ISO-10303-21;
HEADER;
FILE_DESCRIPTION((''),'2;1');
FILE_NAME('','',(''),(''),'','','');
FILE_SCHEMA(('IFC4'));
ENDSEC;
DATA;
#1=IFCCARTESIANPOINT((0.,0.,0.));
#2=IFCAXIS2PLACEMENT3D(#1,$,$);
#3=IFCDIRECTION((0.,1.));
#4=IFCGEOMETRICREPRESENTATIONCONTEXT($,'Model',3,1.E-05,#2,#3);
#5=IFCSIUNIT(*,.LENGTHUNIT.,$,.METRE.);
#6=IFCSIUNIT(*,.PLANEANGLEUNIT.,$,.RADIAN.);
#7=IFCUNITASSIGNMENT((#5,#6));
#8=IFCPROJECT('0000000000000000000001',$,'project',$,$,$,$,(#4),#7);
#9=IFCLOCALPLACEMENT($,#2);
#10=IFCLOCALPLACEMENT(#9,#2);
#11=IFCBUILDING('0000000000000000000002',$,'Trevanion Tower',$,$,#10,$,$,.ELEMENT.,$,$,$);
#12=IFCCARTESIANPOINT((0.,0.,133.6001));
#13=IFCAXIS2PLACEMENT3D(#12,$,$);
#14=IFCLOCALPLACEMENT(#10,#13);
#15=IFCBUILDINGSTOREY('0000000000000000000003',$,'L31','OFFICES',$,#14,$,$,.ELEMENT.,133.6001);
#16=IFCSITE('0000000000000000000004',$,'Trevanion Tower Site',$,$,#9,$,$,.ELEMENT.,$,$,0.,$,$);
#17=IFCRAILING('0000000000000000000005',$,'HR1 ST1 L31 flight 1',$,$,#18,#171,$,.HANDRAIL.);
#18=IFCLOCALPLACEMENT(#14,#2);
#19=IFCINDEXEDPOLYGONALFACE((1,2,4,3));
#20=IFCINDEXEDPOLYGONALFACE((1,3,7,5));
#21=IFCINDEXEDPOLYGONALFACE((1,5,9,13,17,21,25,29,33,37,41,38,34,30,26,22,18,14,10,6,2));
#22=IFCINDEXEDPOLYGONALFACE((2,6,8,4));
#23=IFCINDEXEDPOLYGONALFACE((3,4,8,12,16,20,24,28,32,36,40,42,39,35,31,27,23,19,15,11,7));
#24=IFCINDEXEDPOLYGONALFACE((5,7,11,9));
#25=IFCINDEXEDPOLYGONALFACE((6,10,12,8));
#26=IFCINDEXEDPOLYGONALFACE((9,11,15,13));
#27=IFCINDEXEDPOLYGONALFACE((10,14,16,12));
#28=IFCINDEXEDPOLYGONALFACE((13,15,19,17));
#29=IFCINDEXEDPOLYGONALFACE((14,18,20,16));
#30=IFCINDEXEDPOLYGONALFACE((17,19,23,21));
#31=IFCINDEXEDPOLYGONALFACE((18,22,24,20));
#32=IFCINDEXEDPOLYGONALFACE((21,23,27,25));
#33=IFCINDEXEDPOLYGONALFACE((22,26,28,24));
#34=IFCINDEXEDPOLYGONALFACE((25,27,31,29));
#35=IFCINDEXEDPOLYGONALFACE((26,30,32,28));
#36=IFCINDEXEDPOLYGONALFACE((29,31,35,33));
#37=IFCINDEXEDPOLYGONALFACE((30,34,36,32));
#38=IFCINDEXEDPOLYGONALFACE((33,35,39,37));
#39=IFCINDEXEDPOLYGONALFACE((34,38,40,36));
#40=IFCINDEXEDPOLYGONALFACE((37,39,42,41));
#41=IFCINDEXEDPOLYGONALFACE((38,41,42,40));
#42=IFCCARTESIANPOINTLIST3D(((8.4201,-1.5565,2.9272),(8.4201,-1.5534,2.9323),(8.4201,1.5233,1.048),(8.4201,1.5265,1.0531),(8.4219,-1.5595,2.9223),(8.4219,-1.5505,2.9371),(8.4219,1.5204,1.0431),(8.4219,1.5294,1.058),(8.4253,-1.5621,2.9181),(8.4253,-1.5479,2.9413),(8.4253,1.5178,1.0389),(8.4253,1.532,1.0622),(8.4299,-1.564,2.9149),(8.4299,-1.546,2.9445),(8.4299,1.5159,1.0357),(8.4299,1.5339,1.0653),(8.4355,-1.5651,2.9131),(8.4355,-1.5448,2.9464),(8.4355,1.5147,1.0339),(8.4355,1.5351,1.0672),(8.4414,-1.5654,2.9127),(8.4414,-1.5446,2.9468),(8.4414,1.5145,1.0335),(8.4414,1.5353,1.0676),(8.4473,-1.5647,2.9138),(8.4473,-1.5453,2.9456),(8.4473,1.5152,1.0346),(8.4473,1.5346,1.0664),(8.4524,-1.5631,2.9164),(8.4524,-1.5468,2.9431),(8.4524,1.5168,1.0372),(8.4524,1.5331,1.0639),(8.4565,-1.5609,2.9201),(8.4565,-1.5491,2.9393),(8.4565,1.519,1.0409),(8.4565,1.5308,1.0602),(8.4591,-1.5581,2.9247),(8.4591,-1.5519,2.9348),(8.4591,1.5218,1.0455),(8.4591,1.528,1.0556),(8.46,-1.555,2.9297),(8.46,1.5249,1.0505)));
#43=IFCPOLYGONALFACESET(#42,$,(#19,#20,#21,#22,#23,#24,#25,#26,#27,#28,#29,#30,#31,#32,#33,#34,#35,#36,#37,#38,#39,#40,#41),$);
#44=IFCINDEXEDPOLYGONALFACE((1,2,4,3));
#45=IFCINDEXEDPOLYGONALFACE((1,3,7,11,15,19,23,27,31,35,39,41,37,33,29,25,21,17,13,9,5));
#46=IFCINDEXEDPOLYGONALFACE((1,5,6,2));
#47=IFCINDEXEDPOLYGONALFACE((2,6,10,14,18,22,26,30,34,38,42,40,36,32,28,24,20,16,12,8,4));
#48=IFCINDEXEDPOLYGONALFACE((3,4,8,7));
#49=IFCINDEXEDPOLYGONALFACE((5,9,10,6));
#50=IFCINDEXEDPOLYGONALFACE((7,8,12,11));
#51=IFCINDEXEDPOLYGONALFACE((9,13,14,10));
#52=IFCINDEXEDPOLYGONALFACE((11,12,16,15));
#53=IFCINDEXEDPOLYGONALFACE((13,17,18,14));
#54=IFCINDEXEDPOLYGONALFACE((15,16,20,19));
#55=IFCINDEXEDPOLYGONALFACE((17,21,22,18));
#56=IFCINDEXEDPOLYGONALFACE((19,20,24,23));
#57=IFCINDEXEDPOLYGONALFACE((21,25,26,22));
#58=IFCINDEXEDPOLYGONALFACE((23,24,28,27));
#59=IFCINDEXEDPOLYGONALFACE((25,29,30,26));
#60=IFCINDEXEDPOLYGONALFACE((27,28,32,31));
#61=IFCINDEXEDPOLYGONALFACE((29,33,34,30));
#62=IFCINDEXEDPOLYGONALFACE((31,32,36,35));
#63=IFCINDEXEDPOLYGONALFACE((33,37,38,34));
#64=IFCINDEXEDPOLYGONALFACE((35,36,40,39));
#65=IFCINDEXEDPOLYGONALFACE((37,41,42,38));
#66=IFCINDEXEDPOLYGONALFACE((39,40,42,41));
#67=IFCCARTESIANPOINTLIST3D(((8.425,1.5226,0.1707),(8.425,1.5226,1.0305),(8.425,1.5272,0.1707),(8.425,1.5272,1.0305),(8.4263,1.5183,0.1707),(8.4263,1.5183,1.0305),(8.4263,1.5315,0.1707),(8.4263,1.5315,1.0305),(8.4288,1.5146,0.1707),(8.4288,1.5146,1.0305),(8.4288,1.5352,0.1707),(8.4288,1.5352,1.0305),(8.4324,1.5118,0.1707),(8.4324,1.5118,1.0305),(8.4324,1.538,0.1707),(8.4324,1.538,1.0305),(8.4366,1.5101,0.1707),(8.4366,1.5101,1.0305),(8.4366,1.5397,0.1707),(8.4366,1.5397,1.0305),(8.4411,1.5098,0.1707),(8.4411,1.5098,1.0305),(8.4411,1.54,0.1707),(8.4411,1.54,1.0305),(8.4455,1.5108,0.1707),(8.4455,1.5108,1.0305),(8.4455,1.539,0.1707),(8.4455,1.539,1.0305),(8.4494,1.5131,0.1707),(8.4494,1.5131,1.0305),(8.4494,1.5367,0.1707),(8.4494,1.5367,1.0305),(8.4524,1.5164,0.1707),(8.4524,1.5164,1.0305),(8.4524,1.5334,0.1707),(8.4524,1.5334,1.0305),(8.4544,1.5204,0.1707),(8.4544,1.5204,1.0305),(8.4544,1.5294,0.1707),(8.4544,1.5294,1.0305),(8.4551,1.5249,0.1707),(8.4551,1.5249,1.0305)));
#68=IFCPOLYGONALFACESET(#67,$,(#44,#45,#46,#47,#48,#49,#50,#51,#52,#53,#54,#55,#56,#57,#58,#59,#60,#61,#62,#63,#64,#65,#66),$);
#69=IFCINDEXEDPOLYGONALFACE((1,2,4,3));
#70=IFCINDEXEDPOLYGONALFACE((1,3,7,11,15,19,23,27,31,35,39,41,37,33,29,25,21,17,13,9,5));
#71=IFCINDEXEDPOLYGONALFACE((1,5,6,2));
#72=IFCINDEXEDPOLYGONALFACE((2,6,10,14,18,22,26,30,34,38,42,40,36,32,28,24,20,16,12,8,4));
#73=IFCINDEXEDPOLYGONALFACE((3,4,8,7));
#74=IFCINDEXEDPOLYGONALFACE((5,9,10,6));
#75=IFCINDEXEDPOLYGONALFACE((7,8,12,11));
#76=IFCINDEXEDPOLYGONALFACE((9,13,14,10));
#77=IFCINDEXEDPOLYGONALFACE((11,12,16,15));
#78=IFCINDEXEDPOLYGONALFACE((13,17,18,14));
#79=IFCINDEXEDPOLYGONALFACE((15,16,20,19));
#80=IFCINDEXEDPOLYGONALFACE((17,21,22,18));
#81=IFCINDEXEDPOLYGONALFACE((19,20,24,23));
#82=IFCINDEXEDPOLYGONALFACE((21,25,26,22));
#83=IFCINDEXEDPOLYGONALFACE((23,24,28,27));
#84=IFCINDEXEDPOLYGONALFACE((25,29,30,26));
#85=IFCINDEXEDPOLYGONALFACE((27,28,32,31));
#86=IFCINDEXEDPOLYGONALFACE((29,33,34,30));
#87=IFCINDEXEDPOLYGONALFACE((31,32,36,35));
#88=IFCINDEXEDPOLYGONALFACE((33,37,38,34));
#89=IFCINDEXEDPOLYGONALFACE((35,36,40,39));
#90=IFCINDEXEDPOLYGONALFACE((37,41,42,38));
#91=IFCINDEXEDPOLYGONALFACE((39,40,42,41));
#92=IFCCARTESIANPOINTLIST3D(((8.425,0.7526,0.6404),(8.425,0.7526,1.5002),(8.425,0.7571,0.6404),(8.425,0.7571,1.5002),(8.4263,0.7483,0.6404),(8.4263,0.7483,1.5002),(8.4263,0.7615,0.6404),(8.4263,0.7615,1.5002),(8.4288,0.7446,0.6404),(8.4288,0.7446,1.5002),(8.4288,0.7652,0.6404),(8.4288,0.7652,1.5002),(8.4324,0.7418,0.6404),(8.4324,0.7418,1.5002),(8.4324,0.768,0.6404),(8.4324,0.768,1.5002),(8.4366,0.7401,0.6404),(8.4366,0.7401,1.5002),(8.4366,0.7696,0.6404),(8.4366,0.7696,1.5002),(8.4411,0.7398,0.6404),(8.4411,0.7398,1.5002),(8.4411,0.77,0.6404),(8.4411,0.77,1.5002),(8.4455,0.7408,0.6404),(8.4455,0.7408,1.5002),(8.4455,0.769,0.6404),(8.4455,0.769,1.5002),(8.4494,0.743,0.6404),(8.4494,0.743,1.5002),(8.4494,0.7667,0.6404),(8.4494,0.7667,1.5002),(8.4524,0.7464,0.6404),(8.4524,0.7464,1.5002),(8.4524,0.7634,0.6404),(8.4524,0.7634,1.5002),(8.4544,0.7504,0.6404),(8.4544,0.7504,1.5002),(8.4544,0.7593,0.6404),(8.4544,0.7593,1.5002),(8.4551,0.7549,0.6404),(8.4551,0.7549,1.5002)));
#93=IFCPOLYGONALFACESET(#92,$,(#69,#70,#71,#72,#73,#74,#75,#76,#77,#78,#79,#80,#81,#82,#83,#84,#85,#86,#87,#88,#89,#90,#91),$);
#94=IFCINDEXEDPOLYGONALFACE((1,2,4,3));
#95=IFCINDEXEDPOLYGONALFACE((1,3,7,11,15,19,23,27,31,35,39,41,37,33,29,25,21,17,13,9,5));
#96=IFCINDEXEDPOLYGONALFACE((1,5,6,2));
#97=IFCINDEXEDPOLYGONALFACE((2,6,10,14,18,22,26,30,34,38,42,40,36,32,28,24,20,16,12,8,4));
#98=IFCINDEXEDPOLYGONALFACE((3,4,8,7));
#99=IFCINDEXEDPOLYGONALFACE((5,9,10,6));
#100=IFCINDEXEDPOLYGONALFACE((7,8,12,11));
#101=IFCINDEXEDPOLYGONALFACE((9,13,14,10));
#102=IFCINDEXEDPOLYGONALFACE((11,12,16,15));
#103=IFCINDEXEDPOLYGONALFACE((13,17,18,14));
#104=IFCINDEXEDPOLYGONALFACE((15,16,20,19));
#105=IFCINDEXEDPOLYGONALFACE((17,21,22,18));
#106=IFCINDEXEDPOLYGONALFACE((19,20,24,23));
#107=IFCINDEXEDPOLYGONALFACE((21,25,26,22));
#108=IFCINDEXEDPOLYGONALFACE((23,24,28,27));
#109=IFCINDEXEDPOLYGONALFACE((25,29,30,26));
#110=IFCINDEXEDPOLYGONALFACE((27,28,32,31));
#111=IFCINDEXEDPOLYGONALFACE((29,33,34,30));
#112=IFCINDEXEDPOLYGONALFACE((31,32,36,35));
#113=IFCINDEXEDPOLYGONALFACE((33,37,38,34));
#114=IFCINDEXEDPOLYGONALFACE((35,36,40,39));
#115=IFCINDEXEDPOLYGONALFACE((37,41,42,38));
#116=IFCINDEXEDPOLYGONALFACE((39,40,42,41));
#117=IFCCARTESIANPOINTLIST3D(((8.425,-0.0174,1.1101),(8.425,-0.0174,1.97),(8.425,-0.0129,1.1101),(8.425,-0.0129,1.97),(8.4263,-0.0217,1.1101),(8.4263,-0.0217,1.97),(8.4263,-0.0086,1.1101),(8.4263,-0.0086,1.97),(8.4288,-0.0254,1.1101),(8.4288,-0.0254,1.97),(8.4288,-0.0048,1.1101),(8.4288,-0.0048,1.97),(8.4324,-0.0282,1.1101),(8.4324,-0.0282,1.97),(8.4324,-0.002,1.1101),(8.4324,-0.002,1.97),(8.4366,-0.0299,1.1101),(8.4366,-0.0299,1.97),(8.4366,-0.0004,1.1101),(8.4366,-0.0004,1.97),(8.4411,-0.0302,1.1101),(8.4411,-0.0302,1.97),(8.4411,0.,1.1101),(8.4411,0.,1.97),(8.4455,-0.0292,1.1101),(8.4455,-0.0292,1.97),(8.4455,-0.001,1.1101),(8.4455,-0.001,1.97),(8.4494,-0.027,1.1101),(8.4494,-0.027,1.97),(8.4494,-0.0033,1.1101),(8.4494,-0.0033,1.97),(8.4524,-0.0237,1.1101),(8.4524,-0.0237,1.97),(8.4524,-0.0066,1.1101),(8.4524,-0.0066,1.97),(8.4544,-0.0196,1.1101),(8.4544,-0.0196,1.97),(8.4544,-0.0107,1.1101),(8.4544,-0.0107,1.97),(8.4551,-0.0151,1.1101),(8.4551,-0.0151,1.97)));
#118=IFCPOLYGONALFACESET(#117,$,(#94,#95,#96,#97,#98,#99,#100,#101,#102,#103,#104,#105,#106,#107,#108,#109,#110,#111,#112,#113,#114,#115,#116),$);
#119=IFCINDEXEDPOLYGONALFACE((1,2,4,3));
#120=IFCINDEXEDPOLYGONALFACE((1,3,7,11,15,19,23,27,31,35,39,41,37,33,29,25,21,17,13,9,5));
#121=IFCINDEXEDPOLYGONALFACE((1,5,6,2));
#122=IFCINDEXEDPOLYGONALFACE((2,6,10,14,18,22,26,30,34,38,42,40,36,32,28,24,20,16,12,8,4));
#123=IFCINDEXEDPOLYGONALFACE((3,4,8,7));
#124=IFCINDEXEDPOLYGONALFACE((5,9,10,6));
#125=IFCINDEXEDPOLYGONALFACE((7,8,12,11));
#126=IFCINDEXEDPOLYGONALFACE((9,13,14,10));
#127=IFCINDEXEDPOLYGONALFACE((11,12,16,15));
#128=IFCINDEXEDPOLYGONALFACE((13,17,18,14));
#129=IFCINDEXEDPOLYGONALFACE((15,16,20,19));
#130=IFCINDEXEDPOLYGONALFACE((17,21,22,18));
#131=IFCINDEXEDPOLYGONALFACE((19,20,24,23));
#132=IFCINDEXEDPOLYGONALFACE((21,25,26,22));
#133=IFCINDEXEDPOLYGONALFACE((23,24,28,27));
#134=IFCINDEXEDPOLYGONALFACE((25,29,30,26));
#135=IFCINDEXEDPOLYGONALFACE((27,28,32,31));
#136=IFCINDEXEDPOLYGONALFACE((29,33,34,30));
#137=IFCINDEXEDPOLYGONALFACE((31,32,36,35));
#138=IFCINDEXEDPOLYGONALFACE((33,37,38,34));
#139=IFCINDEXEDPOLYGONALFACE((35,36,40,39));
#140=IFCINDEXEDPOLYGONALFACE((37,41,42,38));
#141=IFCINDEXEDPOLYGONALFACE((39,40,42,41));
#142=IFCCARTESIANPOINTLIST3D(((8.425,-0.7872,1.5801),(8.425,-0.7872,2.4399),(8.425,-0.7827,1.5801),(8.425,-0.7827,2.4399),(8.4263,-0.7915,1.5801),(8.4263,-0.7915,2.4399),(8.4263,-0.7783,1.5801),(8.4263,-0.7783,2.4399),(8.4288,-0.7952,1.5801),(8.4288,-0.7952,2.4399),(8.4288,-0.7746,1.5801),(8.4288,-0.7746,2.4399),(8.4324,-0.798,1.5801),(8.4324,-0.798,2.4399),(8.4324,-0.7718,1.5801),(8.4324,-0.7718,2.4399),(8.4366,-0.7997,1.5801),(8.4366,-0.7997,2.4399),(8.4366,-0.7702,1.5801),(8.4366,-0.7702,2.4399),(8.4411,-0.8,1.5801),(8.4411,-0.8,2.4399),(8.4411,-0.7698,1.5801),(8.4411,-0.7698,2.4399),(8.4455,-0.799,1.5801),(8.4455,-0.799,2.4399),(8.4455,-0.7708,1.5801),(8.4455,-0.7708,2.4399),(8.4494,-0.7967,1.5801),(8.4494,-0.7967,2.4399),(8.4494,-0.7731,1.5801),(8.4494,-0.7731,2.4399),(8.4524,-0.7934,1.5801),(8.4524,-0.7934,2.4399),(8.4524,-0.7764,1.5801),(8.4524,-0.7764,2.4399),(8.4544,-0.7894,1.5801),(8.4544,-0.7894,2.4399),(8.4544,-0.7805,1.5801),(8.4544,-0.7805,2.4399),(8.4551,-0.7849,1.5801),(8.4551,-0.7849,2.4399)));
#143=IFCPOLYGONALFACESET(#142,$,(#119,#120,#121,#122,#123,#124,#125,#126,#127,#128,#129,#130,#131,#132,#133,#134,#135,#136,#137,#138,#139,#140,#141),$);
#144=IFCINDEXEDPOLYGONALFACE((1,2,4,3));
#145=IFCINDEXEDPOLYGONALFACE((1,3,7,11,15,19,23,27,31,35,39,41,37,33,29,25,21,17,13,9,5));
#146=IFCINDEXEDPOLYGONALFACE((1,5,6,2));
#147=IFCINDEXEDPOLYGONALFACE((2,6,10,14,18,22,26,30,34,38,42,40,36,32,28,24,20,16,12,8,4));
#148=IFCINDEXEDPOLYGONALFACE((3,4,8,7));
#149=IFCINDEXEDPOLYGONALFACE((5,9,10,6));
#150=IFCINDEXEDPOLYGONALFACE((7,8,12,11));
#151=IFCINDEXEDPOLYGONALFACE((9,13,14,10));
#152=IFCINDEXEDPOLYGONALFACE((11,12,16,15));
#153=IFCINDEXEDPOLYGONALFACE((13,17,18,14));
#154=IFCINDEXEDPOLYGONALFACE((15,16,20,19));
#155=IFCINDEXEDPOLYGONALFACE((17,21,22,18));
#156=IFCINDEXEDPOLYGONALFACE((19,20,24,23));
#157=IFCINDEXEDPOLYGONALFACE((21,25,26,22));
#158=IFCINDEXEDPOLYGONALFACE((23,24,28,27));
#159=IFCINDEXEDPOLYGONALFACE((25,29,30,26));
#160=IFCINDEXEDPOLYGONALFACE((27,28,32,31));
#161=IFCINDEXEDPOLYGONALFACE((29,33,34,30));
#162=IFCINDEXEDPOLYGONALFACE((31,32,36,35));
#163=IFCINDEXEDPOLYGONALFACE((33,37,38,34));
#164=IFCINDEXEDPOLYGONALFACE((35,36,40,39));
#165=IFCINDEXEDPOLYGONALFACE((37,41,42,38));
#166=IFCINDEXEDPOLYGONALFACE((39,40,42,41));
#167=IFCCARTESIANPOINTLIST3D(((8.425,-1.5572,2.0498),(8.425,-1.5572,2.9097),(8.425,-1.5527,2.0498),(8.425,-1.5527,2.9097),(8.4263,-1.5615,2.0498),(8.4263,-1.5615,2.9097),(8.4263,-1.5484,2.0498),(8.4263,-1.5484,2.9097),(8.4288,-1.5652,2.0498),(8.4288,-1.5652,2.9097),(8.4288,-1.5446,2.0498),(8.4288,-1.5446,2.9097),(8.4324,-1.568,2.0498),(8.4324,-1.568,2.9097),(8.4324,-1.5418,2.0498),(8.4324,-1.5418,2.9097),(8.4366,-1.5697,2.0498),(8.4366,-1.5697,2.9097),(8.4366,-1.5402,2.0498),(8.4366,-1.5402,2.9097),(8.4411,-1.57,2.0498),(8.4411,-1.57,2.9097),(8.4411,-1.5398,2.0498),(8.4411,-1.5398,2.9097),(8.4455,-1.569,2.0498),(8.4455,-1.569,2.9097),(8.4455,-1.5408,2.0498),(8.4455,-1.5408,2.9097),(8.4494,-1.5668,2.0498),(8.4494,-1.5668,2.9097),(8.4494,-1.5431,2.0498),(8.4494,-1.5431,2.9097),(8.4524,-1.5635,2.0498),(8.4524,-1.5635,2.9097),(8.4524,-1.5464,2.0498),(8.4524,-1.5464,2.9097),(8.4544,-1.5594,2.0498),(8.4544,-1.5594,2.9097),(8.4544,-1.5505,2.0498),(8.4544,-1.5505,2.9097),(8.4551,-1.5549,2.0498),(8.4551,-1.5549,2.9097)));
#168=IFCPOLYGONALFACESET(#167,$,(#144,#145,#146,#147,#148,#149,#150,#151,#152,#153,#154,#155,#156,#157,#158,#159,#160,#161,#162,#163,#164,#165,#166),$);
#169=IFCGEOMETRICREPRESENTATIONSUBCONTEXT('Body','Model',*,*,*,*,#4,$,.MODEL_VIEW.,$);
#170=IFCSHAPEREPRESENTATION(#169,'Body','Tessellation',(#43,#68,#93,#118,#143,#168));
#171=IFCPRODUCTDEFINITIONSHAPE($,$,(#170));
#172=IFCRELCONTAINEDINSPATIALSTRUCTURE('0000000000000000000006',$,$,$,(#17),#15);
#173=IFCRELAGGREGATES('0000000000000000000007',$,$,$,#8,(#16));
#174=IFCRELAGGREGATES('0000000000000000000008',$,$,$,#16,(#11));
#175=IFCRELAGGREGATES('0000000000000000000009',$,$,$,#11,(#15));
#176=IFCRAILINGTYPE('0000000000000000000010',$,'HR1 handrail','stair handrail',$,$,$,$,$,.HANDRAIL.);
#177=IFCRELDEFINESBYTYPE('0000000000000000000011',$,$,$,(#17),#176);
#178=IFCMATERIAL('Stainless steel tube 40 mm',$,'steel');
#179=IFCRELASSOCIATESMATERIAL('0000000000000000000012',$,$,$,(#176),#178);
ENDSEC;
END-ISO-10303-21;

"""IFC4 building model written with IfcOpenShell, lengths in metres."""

from ifc_helpers import new_model, si_unit, direction, frame, origin, origin_2d, place, context, subcontext, project, spatial, circle, extrude, material, type_object, element, save


model = new_model("IFC4")

# Units and contexts
model_context = context("Model", 3, precision=1e-05, world=origin(), true_north=direction((0.0, 1.0)))
body_context = subcontext(model_context, "Body", "Model", "MODEL_VIEW")
ifc_project = project(units=[si_unit("LENGTHUNIT", "METRE"), si_unit("PLANEANGLEUNIT", "RADIAN")], contexts=[model_context])

# Site, building, storey
site_placement = place(None, origin())
site = spatial("IfcSite", under=ifc_project, at=site_placement, Name="Trevanion Tower Site", CompositionType="ELEMENT", RefElevation=0.0)
building_placement = place(site_placement, origin())
building = spatial("IfcBuilding", under=site, at=building_placement, Name="Trevanion Tower", CompositionType="ELEMENT")
storey_placement = place(building_placement, frame((0.0, 0.0, 133.6001)))
storey = spatial("IfcBuildingStorey", under=building, at=storey_placement, Name="L31", Description="OFFICES", CompositionType="ELEMENT", Elevation=133.6001)

# Railing
ifc_material_1 = material(Name="Stainless steel tube 40 mm", Category="steel")
railing_type = type_object("IfcRailingType", Name="HR1 handrail", Description="stair handrail", PredefinedType="HANDRAIL", material=ifc_material_1)
for number, where, name in (
    (1, (8.4399, 1.5249, 0.1707), "HR1 ST1 L31 flight 1"),
):
    element("IfcRailing", number, at=place(storey_placement, frame(where)), inside=storey, type_object=railing_type, Name=name, PredefinedType="HANDRAIL", context=body_context, shape_type="SweptSolid", body=[
        extrude(circle(Radius=0.02, at=origin_2d()), frame((0.0, 0.0, 0.8799), z_axis=(0.0, -0.853648, 0.52085), x_axis=(1.0, 0.0, 0.0)), (0.0, 0.0, 1.0), 3.6079),
        extrude(circle(Radius=0.0151, at=origin_2d()), origin(), (0.0, 0.0, 1.0), 0.8599),
        extrude(circle(Radius=0.0151, at=origin_2d()), frame((0.0, -0.77, 0.4697)), (0.0, 0.0, 1.0), 0.8599),
        extrude(circle(Radius=0.0151, at=origin_2d()), frame((0.0, -1.54, 0.9395)), (0.0, 0.0, 1.0), 0.8599),
        extrude(circle(Radius=0.0151, at=origin_2d()), frame((0.0, -2.3098, 1.4094)), (0.0, 0.0, 1.0), 0.8599),
        extrude(circle(Radius=0.0151, at=origin_2d()), frame((0.0, -3.0798, 1.8792)), (0.0, 0.0, 1.0), 0.8599),
    ])

save(model, "model.ifc")
